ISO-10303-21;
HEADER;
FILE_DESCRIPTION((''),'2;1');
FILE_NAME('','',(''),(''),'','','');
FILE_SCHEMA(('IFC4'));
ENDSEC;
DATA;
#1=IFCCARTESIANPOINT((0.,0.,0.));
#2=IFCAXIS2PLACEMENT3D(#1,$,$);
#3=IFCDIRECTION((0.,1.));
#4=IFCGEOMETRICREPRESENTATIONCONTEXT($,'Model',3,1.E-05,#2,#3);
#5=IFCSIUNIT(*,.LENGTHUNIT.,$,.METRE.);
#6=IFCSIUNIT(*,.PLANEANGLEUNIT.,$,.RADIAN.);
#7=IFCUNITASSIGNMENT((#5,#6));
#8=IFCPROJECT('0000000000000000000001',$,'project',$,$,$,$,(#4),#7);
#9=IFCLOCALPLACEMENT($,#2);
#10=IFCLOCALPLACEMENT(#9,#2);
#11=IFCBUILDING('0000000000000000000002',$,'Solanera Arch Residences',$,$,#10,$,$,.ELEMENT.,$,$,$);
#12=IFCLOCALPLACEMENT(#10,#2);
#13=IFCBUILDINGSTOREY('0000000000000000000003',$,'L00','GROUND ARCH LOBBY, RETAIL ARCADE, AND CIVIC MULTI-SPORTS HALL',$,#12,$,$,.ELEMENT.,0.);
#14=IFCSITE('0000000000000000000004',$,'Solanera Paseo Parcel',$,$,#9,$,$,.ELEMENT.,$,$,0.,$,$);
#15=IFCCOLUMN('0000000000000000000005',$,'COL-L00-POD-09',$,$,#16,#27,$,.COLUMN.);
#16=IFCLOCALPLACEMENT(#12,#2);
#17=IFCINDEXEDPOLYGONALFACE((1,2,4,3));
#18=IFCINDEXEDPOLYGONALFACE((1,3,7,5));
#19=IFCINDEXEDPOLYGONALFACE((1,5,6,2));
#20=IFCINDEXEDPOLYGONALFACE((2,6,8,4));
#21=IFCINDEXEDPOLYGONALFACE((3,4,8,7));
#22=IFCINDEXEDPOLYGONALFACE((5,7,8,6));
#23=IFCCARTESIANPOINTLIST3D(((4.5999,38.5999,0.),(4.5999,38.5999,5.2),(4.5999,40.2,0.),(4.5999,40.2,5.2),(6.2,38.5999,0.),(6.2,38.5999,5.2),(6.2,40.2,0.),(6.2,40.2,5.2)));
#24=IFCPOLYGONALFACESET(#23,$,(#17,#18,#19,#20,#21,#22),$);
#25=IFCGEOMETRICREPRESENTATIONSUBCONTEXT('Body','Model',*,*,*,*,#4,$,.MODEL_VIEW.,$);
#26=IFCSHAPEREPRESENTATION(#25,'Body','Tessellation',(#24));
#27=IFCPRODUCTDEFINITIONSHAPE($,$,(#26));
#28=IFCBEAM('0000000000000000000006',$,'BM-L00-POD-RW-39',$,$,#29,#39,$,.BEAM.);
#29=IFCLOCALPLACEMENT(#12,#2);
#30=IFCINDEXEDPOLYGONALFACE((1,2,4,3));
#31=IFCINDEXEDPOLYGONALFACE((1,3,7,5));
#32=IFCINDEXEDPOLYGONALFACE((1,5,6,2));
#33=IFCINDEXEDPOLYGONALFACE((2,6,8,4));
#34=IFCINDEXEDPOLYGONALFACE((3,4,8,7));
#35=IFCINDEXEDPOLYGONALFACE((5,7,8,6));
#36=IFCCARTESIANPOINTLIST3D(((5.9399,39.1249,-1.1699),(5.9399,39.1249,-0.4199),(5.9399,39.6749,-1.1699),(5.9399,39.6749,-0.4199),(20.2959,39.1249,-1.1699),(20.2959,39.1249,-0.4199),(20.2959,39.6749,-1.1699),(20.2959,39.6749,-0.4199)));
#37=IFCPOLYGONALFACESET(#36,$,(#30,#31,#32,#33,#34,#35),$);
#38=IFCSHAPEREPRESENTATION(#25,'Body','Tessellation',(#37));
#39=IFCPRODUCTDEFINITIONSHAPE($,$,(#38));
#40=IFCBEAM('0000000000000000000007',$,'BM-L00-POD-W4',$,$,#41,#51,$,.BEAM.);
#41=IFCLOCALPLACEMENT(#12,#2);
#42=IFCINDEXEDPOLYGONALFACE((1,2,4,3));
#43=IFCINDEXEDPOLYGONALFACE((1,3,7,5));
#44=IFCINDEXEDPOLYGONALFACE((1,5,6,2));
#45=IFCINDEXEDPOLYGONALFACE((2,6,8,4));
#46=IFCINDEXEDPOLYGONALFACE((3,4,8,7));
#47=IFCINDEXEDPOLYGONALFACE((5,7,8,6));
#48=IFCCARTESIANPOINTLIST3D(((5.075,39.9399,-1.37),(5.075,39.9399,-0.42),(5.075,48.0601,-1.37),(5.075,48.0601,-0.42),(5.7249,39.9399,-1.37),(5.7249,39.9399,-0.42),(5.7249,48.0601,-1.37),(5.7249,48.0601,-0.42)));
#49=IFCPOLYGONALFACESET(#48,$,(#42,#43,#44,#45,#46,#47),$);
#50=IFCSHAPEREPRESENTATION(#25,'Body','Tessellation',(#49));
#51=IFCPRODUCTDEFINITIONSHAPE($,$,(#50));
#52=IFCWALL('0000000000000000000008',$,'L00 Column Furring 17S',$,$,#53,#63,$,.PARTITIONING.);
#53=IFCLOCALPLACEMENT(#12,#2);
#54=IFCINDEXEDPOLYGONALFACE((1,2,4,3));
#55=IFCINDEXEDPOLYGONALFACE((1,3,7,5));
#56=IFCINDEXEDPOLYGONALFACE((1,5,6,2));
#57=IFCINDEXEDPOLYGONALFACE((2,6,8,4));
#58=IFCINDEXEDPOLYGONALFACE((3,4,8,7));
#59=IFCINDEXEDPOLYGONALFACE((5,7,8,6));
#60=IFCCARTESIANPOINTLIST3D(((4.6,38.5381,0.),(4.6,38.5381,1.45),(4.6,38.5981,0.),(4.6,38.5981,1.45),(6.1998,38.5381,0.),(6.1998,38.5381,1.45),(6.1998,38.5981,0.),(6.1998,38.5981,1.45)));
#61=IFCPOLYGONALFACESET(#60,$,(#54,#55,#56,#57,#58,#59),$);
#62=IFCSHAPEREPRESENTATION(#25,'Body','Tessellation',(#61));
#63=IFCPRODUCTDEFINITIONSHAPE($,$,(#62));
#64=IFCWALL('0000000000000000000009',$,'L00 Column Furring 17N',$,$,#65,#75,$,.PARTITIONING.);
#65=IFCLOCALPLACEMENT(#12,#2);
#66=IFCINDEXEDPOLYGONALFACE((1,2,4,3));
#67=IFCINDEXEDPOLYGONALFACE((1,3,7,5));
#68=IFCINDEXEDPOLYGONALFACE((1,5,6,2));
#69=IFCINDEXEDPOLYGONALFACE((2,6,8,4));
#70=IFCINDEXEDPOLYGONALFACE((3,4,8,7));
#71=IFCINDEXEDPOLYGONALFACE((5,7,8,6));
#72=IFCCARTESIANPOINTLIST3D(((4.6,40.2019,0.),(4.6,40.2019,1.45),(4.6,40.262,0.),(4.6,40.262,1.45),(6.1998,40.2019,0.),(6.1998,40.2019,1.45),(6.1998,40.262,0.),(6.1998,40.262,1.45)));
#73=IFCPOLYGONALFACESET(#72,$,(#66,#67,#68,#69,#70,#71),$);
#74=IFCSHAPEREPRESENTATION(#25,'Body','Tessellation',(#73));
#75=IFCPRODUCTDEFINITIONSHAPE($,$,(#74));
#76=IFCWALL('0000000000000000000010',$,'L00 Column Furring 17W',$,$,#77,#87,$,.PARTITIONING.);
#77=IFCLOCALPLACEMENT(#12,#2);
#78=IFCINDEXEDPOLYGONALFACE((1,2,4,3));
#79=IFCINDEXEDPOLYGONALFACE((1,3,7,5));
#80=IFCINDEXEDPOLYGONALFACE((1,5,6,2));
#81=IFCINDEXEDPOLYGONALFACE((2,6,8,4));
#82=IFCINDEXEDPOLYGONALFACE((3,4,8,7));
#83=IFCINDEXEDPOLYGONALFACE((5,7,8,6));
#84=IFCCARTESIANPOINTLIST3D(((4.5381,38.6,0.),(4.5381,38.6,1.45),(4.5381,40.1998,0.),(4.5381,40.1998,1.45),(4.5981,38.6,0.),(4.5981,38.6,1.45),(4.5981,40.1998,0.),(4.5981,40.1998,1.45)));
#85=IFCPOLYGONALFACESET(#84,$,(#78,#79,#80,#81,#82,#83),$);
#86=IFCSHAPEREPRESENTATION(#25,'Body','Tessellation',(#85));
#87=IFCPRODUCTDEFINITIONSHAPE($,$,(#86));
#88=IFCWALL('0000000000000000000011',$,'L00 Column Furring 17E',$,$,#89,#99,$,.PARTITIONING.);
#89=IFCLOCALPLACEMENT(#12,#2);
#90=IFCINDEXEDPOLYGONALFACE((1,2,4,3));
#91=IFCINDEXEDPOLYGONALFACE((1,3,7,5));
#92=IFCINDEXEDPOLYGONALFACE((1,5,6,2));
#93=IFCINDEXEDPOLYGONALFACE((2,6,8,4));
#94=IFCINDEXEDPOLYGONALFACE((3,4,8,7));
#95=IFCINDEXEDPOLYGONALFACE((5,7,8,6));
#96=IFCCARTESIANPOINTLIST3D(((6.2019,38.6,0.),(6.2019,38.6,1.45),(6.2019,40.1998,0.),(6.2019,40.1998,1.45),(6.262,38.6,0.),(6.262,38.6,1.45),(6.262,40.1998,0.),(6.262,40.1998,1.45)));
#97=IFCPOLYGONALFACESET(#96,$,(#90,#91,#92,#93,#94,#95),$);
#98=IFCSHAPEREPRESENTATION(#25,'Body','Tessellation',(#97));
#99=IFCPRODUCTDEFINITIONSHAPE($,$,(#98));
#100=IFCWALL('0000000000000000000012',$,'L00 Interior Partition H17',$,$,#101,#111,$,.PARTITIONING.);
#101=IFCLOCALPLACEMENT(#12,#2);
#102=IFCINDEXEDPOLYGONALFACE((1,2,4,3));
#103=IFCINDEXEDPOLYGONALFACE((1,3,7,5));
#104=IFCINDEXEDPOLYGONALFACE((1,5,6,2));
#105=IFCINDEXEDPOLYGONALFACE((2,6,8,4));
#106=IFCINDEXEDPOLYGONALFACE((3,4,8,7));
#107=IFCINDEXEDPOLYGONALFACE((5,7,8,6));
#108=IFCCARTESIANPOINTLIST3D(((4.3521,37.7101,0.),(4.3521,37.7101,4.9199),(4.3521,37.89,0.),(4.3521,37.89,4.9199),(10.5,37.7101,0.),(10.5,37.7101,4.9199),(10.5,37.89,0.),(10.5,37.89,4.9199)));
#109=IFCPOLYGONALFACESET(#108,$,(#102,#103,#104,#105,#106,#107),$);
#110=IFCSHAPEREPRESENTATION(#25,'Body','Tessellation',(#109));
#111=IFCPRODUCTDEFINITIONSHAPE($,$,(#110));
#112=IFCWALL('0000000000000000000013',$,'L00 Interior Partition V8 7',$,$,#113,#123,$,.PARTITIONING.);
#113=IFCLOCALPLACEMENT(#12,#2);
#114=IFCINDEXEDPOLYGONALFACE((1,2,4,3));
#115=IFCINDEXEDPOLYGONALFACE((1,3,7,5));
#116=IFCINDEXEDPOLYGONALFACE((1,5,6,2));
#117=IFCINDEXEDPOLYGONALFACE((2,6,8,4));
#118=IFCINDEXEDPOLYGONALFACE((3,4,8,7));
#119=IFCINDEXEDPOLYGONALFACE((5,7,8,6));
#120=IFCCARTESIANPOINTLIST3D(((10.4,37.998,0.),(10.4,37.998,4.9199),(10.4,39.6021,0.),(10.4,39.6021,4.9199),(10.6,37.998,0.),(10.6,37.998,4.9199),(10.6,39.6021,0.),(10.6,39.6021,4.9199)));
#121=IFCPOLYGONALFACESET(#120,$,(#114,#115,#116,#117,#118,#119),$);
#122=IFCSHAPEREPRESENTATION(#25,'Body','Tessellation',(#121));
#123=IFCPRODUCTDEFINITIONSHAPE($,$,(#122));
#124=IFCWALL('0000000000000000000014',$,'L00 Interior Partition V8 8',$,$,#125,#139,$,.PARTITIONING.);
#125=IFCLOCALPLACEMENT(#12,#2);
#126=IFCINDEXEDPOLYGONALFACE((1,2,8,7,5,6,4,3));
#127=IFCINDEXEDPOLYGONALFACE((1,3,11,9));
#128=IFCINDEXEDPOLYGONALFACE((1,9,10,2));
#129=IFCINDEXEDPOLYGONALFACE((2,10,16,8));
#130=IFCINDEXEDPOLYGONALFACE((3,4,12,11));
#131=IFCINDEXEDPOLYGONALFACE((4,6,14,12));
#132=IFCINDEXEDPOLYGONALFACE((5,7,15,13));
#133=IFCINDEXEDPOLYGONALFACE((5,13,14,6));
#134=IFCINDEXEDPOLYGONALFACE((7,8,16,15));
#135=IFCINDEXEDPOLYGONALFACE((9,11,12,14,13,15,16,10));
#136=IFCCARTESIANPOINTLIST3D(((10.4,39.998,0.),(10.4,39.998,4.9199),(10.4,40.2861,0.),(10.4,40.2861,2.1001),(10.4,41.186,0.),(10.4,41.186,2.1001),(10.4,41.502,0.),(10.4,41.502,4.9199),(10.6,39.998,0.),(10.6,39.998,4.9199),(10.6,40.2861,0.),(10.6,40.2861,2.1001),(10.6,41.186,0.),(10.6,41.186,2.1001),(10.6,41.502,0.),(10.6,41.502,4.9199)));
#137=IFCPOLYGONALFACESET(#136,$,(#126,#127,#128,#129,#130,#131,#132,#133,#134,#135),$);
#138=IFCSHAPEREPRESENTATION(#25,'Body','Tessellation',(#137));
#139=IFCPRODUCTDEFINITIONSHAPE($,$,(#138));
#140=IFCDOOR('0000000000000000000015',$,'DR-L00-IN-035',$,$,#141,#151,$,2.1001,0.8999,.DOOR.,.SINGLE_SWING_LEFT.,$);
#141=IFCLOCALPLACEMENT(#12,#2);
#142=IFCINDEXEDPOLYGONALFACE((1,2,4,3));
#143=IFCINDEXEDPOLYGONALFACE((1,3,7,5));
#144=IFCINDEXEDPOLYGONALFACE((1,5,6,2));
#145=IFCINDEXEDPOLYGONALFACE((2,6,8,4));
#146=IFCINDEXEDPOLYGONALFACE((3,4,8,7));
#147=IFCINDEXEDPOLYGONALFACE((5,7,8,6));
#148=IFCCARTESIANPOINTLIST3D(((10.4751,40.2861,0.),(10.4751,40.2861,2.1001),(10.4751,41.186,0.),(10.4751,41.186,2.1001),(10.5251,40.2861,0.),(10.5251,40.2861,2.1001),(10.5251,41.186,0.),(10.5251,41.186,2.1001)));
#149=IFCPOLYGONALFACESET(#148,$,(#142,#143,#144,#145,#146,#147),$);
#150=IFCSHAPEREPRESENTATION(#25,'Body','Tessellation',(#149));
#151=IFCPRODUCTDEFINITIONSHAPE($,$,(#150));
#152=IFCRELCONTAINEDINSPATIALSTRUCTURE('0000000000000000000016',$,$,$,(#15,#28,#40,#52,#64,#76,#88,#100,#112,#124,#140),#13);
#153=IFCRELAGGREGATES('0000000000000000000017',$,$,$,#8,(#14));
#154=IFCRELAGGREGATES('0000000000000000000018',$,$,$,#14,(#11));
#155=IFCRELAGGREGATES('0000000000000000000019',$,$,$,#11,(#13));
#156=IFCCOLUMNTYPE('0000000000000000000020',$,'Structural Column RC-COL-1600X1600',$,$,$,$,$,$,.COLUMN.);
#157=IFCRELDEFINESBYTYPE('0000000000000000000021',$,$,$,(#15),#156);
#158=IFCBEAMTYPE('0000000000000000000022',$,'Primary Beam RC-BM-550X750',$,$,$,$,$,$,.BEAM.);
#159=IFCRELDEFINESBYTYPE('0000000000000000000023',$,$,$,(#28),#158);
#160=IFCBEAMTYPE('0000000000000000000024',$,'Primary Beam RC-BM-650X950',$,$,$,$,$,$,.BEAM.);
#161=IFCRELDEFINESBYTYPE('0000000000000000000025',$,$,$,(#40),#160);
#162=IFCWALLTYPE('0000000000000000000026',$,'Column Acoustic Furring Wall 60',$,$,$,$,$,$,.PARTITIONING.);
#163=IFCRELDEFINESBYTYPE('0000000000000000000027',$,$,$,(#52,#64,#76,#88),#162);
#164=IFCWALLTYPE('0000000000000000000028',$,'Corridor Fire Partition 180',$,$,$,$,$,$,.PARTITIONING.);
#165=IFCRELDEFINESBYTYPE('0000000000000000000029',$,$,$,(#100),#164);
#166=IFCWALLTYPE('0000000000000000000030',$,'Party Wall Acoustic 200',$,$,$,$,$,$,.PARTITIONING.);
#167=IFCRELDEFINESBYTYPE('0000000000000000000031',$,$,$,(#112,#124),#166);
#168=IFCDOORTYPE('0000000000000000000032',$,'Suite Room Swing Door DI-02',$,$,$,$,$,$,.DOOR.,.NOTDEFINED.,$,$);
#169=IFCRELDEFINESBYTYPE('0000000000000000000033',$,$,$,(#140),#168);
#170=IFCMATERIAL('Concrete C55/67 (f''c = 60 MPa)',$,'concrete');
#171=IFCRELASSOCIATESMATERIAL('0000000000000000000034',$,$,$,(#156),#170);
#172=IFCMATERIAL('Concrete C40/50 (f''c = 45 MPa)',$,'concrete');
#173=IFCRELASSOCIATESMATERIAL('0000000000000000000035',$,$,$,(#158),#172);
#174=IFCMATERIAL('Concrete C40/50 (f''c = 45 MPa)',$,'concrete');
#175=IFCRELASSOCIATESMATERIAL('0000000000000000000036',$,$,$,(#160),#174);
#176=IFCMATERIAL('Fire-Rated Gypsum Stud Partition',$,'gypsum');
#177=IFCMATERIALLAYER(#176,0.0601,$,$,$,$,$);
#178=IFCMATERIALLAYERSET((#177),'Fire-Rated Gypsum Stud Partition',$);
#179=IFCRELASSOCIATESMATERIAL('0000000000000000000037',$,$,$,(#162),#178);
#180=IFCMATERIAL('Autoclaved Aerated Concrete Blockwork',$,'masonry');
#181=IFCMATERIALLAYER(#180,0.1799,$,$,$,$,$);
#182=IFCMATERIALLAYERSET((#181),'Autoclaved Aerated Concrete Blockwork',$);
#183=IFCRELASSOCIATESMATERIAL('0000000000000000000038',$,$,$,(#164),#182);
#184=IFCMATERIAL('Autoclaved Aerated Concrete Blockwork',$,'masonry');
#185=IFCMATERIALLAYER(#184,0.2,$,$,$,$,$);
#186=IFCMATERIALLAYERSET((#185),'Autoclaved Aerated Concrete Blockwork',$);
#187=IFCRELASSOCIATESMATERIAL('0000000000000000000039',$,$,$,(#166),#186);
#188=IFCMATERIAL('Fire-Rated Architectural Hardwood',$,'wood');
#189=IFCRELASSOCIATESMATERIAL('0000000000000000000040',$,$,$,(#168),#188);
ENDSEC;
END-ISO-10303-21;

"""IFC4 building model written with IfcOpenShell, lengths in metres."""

from ifc_helpers import new_model, si_unit, direction, frame, frame_2d, origin, origin_2d, place, context, subcontext, project, spatial, rectangle, extrude, material, layer, layer_set, material_profile, profile_set, type_object, element, fill, save


model = new_model("IFC4")

# Units and contexts
model_context = context("Model", 3, precision=1e-05, world=origin(), true_north=direction((0.0, 1.0)))
body_context = subcontext(model_context, "Body", "Model", "MODEL_VIEW")
ifc_project = project(units=[si_unit("LENGTHUNIT", "METRE"), si_unit("PLANEANGLEUNIT", "RADIAN")], contexts=[model_context])

# Site, building, storey
site_placement = place(None, origin())
site = spatial("IfcSite", under=ifc_project, at=site_placement, Name="Solanera Paseo Parcel", CompositionType="ELEMENT", RefElevation=0.0)
building_placement = place(site_placement, origin())
building = spatial("IfcBuilding", under=site, at=building_placement, Name="Solanera Arch Residences", CompositionType="ELEMENT")
storey_placement = place(building_placement, origin())
storey = spatial("IfcBuildingStorey", under=building, at=storey_placement, Name="L00", Description="GROUND ARCH LOBBY, RETAIL ARCADE, AND CIVIC MULTI-SPORTS HALL", CompositionType="ELEMENT", Elevation=0.0)

# Column
ifc_material_1 = material(Name="Concrete C55/67 (f'c = 60 MPa)", Category="concrete")
ifc_material_profile_1 = material_profile(ifc_material_1, rectangle(XDim=1.6001, YDim=1.6001, at=origin_2d()))
ifc_profile_set_1 = profile_set([ifc_material_profile_1], Name="Concrete C55/67 (f'c = 60 MPa)")
column_type = type_object("IfcColumnType", Name="Structural Column RC-COL-1600X1600", PredefinedType="COLUMN", material=ifc_profile_set_1)
column_placement = place(storey_placement, frame((5.3999, 39.3999, 0.0), z_axis=(0.0, 0.0, 1.0), x_axis=(1.0, 0.0, 0.0)))
element("IfcColumn", 1, at=column_placement, inside=storey, type_object=column_type, Name="COL-L00-POD-09", PredefinedType="COLUMN", context=body_context, shape_type="SweptSolid", body=[
    extrude(rectangle(XDim=1.6001, YDim=1.6001, at=origin_2d()), origin(), (0.0, 0.0, 1.0), 5.2),
])

# Beams
ifc_material_2 = material(Name="Concrete C40/50 (f'c = 45 MPa)", Category="concrete")
ifc_material_profile_2 = material_profile(ifc_material_2, rectangle(XDim=0.55, YDim=0.75, at=origin_2d()))
ifc_profile_set_2 = profile_set([ifc_material_profile_2], Name="Concrete C40/50 (f'c = 45 MPa)")
beam_type_1 = type_object("IfcBeamType", Name="Primary Beam RC-BM-550X750", PredefinedType="BEAM", material=ifc_profile_set_2)
beam_1_placement = place(storey_placement, frame((5.9399, 39.3999, -0.7949), z_axis=(1.0, 0.0, 0.0), x_axis=(0.0, 1.0, 0.0)))
element("IfcBeam", 2, at=beam_1_placement, inside=storey, type_object=beam_type_1, Name="BM-L00-POD-RW-39", PredefinedType="BEAM", context=body_context, shape_type="SweptSolid", body=[
    extrude(rectangle(XDim=0.55, YDim=0.75, at=origin_2d()), origin(), (0.0, 0.0, 1.0), 14.356),
])
ifc_material_3 = material(Name="Concrete C40/50 (f'c = 45 MPa)", Category="concrete")
ifc_material_profile_3 = material_profile(ifc_material_3, rectangle(XDim=0.6499, YDim=0.95, at=origin_2d()))
ifc_profile_set_3 = profile_set([ifc_material_profile_3], Name="Concrete C40/50 (f'c = 45 MPa)")
beam_type_2 = type_object("IfcBeamType", Name="Primary Beam RC-BM-650X950", PredefinedType="BEAM", material=ifc_profile_set_3)
beam_2_placement = place(storey_placement, frame((5.3999, 39.9399, -0.895), z_axis=(0.0, 1.0, 0.0), x_axis=(-1.0, 0.0, 0.0)))
element("IfcBeam", 3, at=beam_2_placement, inside=storey, type_object=beam_type_2, Name="BM-L00-POD-W4", PredefinedType="BEAM", context=body_context, shape_type="SweptSolid", body=[
    extrude(rectangle(XDim=0.6499, YDim=0.95, at=origin_2d()), origin(), (0.0, 0.0, 1.0), 8.1201),
])

# Walls
ifc_material_4 = material(Name="Fire-Rated Gypsum Stud Partition", Category="gypsum")
ifc_layer_1 = layer(ifc_material_4, 0.0601)
ifc_layer_set_1 = layer_set([ifc_layer_1], Name="Fire-Rated Gypsum Stud Partition")
wall_type_1 = type_object("IfcWallType", Name="Column Acoustic Furring Wall 60", PredefinedType="PARTITIONING", material=ifc_layer_set_1)
for number, where, z_axis, x_axis, name in (
    (4, (4.6001, 38.5681, 0.0), (0.0, 0.0, 1.0), (1.0, 0.0, 0.0), "L00 Column Furring 17S"),
    (5, (4.6001, 40.2319, 0.0), (0.0, 0.0, 1.0), (1.0, 0.0, 0.0), "L00 Column Furring 17N"),
    (6, (4.5681, 38.6001, 0.0), (0.0, 0.0, 1.0), (0.0, 1.0, 0.0), "L00 Column Furring 17W"),
    (7, (6.2319, 38.6001, 0.0), (0.0, 0.0, 1.0), (0.0, 1.0, 0.0), "L00 Column Furring 17E"),
):
    element("IfcWall", number, at=place(storey_placement, frame(where, z_axis=z_axis, x_axis=x_axis)), inside=storey, type_object=wall_type_1, Name=name, PredefinedType="PARTITIONING", context=body_context, shape_type="SweptSolid", body=[
        extrude(rectangle(XDim=1.5999, YDim=0.0601, at=frame_2d((0.7998, 0.0))), origin(), (0.0, 0.0, 1.0), 1.45),
    ])
ifc_material_5 = material(Name="Autoclaved Aerated Concrete Blockwork", Category="masonry")
ifc_layer_2 = layer(ifc_material_5, 0.1799)
ifc_layer_set_2 = layer_set([ifc_layer_2], Name="Autoclaved Aerated Concrete Blockwork")
wall_type_2 = type_object("IfcWallType", Name="Corridor Fire Partition 180", PredefinedType="PARTITIONING", material=ifc_layer_set_2)
wall_1_placement = place(storey_placement, frame((4.3521, 37.8, 0.0), z_axis=(0.0, 0.0, 1.0), x_axis=(1.0, 0.0, 0.0)))
element("IfcWall", 8, at=wall_1_placement, inside=storey, type_object=wall_type_2, Name="L00 Interior Partition H17", PredefinedType="PARTITIONING", context=body_context, shape_type="SweptSolid", body=[
    extrude(rectangle(XDim=6.1479, YDim=0.1799, at=frame_2d((3.074, 0.0))), origin(), (0.0, 0.0, 1.0), 4.9199),
])

# Wall
ifc_material_6 = material(Name="Autoclaved Aerated Concrete Blockwork", Category="masonry")
ifc_layer_3 = layer(ifc_material_6, 0.2)
ifc_layer_set_3 = layer_set([ifc_layer_3], Name="Autoclaved Aerated Concrete Blockwork")
wall_type_3 = type_object("IfcWallType", Name="Party Wall Acoustic 200", PredefinedType="PARTITIONING", material=ifc_layer_set_3)
wall_2_placement = place(storey_placement, frame((10.5, 37.998, 0.0), z_axis=(0.0, 0.0, 1.0), x_axis=(0.0, 1.0, 0.0)))
element("IfcWall", 9, at=wall_2_placement, inside=storey, type_object=wall_type_3, Name="L00 Interior Partition V8 7", PredefinedType="PARTITIONING", context=body_context, shape_type="SweptSolid", body=[
    extrude(rectangle(XDim=1.604, YDim=0.2, at=frame_2d((0.802, 0.0))), origin(), (0.0, 0.0, 1.0), 4.9199),
])

# Wall, opening, door
wall_3_placement = place(storey_placement, frame((10.5, 39.998, 0.0), z_axis=(0.0, 0.0, 1.0), x_axis=(0.0, 1.0, 0.0)))
wall_3 = element("IfcWall", 10, at=wall_3_placement, inside=storey, type_object=wall_type_3, Name="L00 Interior Partition V8 8", PredefinedType="PARTITIONING", context=body_context, shape_type="SweptSolid", body=[
    extrude(rectangle(XDim=1.5039, YDim=0.2, at=frame_2d((0.752, 0.0))), origin(), (0.0, 0.0, 1.0), 4.9199),
])
opening_1_placement = place(wall_3_placement, frame((0.2881, 0.0, 0.0)))
opening_1 = element("IfcOpeningElement", 11, at=opening_1_placement, cuts=wall_3, PredefinedType="OPENING", context=body_context, shape_type="SweptSolid", body=[
    extrude(rectangle(XDim=0.8999, YDim=2.1001, at=frame_2d((0.45, 1.05))), frame((0.0, 0.1101, 0.0), z_axis=(0.0, -1.0, 0.0), x_axis=(1.0, 0.0, 0.0)), (0.0, 0.0, 1.0), 0.22),
])
ifc_material_7 = material(Name="Fire-Rated Architectural Hardwood", Category="wood")
door_type_1 = type_object("IfcDoorType", Name="Suite Room Swing Door DI-02", OperationType="NOTDEFINED", PredefinedType="DOOR", material=ifc_material_7)
door_1_placement = place(opening_1_placement, origin())
door_1 = element("IfcDoor", 12, at=door_1_placement, inside=storey, type_object=door_type_1, Name="DR-L00-IN-035", OperationType="SINGLE_SWING_LEFT", OverallHeight=2.1001, OverallWidth=0.8999, PredefinedType="DOOR", context=body_context, shape_type="SweptSolid", body=[
    extrude(rectangle(XDim=0.8999, YDim=2.1001, at=frame_2d((0.45, 1.05))), frame((0.0, 0.0249, 0.0), z_axis=(0.0, -1.0, 0.0), x_axis=(1.0, 0.0, 0.0)), (0.0, 0.0, 1.0), 0.05),
])
fill(opening_1, door_1)

save(model, "model.ifc")
